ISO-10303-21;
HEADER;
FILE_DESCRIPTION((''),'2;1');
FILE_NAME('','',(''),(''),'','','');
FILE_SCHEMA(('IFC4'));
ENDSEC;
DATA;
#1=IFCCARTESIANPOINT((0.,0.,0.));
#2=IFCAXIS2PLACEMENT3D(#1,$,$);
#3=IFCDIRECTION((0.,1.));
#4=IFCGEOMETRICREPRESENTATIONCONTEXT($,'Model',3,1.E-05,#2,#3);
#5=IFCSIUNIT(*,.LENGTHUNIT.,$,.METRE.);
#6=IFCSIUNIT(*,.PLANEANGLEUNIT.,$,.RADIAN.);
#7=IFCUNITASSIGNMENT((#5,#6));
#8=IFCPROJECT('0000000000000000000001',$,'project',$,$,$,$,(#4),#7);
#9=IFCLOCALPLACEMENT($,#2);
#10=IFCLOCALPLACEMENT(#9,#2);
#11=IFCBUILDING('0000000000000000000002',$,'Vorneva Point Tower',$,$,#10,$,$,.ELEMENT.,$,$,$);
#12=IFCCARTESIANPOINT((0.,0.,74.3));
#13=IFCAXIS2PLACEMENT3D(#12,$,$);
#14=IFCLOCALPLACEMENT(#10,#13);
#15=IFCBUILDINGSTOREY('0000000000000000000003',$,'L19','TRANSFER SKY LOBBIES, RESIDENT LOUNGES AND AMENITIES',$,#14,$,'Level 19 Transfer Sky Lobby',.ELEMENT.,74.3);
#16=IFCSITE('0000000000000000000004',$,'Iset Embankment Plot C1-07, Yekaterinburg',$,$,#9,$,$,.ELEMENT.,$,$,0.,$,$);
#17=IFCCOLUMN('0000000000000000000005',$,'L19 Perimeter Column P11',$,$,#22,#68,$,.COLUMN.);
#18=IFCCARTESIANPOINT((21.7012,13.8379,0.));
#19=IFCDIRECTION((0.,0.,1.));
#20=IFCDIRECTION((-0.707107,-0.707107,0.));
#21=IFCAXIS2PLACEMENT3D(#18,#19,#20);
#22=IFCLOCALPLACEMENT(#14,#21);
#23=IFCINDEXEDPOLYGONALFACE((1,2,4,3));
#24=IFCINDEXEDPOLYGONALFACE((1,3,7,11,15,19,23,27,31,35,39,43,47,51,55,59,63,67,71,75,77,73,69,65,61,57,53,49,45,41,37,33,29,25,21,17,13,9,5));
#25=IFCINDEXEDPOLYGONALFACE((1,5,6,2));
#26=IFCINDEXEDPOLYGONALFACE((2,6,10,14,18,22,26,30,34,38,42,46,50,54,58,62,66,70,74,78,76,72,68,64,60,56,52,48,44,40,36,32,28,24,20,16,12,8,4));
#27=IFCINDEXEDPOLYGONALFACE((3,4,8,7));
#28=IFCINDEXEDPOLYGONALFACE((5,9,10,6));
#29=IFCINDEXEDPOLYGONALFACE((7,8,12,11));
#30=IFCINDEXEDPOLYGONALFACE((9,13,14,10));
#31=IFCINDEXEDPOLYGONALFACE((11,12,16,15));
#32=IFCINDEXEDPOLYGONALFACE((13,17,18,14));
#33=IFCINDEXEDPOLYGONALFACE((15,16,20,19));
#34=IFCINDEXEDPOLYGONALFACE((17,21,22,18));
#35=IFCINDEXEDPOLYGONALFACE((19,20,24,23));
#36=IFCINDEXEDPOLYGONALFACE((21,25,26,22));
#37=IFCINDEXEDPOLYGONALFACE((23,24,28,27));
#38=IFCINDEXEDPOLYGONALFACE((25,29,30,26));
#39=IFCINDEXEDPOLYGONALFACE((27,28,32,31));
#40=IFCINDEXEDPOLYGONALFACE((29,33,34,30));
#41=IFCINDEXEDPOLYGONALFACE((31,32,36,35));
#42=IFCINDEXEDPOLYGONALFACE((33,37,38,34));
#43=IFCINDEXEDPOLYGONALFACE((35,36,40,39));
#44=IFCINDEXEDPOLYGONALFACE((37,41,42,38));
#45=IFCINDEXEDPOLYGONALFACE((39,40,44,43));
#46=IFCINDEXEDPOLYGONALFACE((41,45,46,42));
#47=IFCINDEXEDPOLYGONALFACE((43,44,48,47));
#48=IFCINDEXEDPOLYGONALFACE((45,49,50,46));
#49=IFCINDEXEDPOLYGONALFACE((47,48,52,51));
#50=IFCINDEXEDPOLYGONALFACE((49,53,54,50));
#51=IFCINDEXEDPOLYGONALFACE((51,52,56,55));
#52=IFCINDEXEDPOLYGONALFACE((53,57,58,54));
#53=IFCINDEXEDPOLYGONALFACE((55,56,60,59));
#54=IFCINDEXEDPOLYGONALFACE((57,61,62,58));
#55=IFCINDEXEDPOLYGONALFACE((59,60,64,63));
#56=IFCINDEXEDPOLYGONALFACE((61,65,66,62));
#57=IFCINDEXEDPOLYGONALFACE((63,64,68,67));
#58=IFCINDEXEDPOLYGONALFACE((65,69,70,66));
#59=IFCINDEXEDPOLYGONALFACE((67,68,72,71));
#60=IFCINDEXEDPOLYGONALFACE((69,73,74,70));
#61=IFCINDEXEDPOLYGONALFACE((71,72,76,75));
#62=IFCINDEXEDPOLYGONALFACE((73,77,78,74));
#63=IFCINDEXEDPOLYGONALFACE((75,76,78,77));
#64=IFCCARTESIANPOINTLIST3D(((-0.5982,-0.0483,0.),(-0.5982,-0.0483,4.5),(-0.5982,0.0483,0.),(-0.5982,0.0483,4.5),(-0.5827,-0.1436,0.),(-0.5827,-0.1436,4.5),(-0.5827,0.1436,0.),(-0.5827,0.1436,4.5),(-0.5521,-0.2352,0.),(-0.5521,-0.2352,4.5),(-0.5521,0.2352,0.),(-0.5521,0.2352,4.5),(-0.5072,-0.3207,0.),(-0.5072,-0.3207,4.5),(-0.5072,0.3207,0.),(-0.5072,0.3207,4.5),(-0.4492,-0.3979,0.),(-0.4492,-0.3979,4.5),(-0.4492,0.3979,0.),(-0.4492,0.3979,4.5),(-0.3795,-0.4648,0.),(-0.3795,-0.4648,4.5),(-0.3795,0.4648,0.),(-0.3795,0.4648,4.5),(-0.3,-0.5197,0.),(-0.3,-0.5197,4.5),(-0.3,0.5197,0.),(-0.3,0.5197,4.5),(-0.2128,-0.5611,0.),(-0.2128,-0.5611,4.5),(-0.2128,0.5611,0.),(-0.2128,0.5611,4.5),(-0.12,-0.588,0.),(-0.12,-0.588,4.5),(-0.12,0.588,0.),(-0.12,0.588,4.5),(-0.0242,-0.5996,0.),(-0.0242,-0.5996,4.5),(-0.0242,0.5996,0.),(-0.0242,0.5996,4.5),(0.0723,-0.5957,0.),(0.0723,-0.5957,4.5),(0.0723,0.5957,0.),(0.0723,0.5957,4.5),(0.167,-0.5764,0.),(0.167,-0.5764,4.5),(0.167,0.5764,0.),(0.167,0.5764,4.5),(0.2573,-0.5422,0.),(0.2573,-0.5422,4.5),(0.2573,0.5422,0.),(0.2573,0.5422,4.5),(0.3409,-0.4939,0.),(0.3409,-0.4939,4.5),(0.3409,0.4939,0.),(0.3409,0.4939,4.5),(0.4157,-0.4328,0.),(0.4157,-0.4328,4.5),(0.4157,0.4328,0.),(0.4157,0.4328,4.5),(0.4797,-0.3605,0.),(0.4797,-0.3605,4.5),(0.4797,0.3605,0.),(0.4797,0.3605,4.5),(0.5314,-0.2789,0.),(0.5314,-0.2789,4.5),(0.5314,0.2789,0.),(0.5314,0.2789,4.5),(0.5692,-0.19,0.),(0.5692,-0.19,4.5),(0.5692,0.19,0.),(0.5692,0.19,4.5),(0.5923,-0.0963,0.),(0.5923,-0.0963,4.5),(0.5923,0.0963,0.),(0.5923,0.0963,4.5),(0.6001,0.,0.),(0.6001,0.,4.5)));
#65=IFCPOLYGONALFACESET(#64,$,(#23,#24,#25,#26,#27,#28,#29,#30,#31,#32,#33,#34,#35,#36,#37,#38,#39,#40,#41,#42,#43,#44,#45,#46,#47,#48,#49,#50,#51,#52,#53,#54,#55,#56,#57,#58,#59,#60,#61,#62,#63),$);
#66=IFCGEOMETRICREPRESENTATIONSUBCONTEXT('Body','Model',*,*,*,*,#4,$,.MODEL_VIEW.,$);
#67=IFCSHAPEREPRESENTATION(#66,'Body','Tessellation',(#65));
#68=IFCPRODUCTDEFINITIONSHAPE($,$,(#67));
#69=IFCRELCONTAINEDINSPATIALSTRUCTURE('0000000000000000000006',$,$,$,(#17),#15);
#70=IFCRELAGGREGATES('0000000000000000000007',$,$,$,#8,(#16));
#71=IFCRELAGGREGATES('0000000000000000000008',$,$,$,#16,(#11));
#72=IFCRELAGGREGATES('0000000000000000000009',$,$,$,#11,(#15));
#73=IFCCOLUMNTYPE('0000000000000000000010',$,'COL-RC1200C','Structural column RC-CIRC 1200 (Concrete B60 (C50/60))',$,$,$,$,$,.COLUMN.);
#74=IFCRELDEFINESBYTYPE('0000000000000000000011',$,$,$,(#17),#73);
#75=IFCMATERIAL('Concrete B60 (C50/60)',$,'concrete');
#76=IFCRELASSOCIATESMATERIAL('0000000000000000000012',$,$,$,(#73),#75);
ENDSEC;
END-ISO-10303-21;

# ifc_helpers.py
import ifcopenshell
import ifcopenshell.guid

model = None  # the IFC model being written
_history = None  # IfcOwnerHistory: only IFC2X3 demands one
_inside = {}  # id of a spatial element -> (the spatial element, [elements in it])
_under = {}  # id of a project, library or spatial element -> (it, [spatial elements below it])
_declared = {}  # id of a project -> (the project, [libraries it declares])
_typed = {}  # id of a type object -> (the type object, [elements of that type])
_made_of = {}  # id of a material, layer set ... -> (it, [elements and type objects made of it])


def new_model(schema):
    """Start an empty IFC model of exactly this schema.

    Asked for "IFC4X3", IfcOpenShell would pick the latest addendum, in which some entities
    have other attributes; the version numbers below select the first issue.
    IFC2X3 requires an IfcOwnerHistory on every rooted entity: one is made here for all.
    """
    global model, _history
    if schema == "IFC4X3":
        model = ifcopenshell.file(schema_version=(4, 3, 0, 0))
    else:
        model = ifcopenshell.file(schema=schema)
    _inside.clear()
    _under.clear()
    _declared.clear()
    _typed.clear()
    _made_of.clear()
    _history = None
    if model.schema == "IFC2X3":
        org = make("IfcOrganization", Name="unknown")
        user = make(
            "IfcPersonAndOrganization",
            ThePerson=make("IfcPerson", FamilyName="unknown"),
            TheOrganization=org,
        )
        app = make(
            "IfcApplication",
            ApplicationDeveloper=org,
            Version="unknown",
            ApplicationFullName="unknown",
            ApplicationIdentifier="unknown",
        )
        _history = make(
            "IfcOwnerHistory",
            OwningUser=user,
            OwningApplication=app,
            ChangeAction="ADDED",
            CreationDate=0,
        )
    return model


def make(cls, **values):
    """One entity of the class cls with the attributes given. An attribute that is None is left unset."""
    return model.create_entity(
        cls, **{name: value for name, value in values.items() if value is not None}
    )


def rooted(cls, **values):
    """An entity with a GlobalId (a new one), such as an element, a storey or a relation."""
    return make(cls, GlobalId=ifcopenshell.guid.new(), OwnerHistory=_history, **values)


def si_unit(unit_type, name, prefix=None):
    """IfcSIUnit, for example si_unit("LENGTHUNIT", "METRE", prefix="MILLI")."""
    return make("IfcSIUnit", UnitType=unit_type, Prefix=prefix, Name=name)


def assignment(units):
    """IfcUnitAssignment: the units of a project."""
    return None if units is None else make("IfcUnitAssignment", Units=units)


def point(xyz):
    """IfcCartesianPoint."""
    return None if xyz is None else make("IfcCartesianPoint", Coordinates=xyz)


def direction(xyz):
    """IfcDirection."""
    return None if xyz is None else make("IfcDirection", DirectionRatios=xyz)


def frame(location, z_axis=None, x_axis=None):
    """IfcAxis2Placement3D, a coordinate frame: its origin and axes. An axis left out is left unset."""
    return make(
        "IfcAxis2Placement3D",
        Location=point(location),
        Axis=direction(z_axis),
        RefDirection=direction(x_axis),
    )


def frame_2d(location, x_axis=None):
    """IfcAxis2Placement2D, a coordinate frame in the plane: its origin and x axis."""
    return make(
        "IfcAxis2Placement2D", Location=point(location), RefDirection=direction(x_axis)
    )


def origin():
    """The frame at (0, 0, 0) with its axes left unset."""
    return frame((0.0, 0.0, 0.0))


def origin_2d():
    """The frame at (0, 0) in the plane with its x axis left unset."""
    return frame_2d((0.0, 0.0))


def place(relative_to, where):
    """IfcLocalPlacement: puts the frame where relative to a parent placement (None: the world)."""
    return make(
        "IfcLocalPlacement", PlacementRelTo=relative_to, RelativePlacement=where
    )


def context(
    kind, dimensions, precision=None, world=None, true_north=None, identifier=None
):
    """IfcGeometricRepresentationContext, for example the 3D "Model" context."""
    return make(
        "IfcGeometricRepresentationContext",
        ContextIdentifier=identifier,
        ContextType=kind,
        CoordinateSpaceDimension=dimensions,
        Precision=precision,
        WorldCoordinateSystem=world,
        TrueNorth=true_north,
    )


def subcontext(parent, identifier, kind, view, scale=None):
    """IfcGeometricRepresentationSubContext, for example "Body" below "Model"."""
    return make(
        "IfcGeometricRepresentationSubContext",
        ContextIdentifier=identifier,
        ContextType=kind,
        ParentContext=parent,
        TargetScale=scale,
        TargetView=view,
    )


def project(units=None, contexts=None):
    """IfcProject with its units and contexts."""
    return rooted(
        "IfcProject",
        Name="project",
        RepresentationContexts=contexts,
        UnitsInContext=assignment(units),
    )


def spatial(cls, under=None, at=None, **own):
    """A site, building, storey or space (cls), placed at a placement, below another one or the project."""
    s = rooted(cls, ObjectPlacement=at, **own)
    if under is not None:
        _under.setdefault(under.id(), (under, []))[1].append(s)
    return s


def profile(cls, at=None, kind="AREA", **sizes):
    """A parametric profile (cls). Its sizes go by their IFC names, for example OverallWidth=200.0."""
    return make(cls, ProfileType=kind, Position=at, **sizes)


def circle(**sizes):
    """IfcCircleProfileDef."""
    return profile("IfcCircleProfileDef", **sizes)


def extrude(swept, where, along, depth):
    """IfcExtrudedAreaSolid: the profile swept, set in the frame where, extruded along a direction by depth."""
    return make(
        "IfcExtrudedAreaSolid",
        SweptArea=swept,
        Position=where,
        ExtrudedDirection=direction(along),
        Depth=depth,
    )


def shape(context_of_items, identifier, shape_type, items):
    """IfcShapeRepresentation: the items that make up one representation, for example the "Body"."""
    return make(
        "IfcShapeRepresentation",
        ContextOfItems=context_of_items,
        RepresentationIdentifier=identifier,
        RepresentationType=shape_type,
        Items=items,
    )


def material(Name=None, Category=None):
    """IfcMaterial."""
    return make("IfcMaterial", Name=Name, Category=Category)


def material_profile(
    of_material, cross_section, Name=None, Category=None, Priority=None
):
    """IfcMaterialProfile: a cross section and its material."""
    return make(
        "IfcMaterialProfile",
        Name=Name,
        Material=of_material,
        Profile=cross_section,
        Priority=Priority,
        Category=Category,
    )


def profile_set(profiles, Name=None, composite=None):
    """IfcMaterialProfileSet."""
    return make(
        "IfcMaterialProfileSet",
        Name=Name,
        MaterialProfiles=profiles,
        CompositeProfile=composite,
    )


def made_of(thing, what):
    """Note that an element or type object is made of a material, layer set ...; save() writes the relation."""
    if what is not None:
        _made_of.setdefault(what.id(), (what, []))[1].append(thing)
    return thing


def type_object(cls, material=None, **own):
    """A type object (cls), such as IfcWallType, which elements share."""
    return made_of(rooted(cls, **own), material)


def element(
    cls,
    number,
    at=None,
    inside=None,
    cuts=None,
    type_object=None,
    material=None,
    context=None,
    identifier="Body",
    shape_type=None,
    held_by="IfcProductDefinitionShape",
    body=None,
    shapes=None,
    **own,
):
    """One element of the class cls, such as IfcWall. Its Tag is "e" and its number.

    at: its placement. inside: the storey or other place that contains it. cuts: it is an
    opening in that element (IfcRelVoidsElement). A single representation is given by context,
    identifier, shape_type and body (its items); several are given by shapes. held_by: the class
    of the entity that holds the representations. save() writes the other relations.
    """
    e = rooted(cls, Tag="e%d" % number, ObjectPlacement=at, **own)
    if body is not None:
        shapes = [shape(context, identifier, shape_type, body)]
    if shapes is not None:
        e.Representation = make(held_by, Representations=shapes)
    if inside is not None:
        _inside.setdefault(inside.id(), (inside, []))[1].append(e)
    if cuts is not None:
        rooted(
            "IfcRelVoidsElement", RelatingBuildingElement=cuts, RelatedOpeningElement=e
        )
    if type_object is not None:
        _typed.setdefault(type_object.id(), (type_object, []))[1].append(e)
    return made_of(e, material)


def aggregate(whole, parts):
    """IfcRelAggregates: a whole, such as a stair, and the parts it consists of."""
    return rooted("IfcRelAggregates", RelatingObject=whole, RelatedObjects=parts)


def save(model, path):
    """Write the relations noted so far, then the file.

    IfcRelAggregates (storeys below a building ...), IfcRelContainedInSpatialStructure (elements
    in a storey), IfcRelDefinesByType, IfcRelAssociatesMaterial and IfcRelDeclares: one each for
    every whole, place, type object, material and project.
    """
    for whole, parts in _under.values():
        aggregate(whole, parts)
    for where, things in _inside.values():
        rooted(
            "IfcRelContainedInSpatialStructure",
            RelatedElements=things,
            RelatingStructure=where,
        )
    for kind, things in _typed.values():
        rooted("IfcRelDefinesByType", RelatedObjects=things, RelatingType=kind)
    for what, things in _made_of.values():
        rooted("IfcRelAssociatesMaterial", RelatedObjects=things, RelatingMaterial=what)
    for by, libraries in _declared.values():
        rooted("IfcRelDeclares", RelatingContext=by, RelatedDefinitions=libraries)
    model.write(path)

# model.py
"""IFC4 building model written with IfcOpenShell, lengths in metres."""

from ifc_helpers import new_model, si_unit, direction, frame, origin, origin_2d, place, context, subcontext, project, spatial, circle, extrude, material, material_profile, profile_set, type_object, element, save


model = new_model("IFC4")

# Units and contexts
model_context = context("Model", 3, precision=1e-05, world=origin(), true_north=direction((0.0, 1.0)))
body_context = subcontext(model_context, "Body", "Model", "MODEL_VIEW")
ifc_project = project(units=[si_unit("LENGTHUNIT", "METRE"), si_unit("PLANEANGLEUNIT", "RADIAN")], contexts=[model_context])

# Site, building, storey
site_placement = place(None, origin())
site = spatial("IfcSite", under=ifc_project, at=site_placement, Name="Iset Embankment Plot C1-07, Yekaterinburg", CompositionType="ELEMENT", RefElevation=0.0)
building_placement = place(site_placement, origin())
building = spatial("IfcBuilding", under=site, at=building_placement, Name="Vorneva Point Tower", CompositionType="ELEMENT")
storey_placement = place(building_placement, frame((0.0, 0.0, 74.3)))
storey = spatial("IfcBuildingStorey", under=building, at=storey_placement, Name="L19", Description="TRANSFER SKY LOBBIES, RESIDENT LOUNGES AND AMENITIES", LongName="Level 19 Transfer Sky Lobby", CompositionType="ELEMENT", Elevation=74.3)

# Column
ifc_material_1 = material(Name="Concrete B60 (C50/60)", Category="concrete")
ifc_material_profile_1 = material_profile(ifc_material_1, circle(Radius=0.6001, at=origin_2d()), Name="RC-CIRC 1200")
ifc_profile_set_1 = profile_set([ifc_material_profile_1], Name="Concrete B60 (C50/60)")
column_type_1 = type_object("IfcColumnType", Name="COL-RC1200C", Description="Structural column RC-CIRC 1200 (Concrete B60 (C50/60))", PredefinedType="COLUMN", material=ifc_profile_set_1)
column_1_placement = place(storey_placement, frame((21.7012, 13.8379, 0.0), z_axis=(0.0, 0.0, 1.0), x_axis=(-0.707107, -0.707107, 0.0)))
element("IfcColumn", 1, at=column_1_placement, inside=storey, type_object=column_type_1, Name="L19 Perimeter Column P11", PredefinedType="COLUMN", context=body_context, shape_type="SweptSolid", body=[
    extrude(circle(Radius=0.6001, at=origin_2d()), origin(), (0.0, 0.0, 1.0), 4.5),
])

save(model, "model.ifc")
